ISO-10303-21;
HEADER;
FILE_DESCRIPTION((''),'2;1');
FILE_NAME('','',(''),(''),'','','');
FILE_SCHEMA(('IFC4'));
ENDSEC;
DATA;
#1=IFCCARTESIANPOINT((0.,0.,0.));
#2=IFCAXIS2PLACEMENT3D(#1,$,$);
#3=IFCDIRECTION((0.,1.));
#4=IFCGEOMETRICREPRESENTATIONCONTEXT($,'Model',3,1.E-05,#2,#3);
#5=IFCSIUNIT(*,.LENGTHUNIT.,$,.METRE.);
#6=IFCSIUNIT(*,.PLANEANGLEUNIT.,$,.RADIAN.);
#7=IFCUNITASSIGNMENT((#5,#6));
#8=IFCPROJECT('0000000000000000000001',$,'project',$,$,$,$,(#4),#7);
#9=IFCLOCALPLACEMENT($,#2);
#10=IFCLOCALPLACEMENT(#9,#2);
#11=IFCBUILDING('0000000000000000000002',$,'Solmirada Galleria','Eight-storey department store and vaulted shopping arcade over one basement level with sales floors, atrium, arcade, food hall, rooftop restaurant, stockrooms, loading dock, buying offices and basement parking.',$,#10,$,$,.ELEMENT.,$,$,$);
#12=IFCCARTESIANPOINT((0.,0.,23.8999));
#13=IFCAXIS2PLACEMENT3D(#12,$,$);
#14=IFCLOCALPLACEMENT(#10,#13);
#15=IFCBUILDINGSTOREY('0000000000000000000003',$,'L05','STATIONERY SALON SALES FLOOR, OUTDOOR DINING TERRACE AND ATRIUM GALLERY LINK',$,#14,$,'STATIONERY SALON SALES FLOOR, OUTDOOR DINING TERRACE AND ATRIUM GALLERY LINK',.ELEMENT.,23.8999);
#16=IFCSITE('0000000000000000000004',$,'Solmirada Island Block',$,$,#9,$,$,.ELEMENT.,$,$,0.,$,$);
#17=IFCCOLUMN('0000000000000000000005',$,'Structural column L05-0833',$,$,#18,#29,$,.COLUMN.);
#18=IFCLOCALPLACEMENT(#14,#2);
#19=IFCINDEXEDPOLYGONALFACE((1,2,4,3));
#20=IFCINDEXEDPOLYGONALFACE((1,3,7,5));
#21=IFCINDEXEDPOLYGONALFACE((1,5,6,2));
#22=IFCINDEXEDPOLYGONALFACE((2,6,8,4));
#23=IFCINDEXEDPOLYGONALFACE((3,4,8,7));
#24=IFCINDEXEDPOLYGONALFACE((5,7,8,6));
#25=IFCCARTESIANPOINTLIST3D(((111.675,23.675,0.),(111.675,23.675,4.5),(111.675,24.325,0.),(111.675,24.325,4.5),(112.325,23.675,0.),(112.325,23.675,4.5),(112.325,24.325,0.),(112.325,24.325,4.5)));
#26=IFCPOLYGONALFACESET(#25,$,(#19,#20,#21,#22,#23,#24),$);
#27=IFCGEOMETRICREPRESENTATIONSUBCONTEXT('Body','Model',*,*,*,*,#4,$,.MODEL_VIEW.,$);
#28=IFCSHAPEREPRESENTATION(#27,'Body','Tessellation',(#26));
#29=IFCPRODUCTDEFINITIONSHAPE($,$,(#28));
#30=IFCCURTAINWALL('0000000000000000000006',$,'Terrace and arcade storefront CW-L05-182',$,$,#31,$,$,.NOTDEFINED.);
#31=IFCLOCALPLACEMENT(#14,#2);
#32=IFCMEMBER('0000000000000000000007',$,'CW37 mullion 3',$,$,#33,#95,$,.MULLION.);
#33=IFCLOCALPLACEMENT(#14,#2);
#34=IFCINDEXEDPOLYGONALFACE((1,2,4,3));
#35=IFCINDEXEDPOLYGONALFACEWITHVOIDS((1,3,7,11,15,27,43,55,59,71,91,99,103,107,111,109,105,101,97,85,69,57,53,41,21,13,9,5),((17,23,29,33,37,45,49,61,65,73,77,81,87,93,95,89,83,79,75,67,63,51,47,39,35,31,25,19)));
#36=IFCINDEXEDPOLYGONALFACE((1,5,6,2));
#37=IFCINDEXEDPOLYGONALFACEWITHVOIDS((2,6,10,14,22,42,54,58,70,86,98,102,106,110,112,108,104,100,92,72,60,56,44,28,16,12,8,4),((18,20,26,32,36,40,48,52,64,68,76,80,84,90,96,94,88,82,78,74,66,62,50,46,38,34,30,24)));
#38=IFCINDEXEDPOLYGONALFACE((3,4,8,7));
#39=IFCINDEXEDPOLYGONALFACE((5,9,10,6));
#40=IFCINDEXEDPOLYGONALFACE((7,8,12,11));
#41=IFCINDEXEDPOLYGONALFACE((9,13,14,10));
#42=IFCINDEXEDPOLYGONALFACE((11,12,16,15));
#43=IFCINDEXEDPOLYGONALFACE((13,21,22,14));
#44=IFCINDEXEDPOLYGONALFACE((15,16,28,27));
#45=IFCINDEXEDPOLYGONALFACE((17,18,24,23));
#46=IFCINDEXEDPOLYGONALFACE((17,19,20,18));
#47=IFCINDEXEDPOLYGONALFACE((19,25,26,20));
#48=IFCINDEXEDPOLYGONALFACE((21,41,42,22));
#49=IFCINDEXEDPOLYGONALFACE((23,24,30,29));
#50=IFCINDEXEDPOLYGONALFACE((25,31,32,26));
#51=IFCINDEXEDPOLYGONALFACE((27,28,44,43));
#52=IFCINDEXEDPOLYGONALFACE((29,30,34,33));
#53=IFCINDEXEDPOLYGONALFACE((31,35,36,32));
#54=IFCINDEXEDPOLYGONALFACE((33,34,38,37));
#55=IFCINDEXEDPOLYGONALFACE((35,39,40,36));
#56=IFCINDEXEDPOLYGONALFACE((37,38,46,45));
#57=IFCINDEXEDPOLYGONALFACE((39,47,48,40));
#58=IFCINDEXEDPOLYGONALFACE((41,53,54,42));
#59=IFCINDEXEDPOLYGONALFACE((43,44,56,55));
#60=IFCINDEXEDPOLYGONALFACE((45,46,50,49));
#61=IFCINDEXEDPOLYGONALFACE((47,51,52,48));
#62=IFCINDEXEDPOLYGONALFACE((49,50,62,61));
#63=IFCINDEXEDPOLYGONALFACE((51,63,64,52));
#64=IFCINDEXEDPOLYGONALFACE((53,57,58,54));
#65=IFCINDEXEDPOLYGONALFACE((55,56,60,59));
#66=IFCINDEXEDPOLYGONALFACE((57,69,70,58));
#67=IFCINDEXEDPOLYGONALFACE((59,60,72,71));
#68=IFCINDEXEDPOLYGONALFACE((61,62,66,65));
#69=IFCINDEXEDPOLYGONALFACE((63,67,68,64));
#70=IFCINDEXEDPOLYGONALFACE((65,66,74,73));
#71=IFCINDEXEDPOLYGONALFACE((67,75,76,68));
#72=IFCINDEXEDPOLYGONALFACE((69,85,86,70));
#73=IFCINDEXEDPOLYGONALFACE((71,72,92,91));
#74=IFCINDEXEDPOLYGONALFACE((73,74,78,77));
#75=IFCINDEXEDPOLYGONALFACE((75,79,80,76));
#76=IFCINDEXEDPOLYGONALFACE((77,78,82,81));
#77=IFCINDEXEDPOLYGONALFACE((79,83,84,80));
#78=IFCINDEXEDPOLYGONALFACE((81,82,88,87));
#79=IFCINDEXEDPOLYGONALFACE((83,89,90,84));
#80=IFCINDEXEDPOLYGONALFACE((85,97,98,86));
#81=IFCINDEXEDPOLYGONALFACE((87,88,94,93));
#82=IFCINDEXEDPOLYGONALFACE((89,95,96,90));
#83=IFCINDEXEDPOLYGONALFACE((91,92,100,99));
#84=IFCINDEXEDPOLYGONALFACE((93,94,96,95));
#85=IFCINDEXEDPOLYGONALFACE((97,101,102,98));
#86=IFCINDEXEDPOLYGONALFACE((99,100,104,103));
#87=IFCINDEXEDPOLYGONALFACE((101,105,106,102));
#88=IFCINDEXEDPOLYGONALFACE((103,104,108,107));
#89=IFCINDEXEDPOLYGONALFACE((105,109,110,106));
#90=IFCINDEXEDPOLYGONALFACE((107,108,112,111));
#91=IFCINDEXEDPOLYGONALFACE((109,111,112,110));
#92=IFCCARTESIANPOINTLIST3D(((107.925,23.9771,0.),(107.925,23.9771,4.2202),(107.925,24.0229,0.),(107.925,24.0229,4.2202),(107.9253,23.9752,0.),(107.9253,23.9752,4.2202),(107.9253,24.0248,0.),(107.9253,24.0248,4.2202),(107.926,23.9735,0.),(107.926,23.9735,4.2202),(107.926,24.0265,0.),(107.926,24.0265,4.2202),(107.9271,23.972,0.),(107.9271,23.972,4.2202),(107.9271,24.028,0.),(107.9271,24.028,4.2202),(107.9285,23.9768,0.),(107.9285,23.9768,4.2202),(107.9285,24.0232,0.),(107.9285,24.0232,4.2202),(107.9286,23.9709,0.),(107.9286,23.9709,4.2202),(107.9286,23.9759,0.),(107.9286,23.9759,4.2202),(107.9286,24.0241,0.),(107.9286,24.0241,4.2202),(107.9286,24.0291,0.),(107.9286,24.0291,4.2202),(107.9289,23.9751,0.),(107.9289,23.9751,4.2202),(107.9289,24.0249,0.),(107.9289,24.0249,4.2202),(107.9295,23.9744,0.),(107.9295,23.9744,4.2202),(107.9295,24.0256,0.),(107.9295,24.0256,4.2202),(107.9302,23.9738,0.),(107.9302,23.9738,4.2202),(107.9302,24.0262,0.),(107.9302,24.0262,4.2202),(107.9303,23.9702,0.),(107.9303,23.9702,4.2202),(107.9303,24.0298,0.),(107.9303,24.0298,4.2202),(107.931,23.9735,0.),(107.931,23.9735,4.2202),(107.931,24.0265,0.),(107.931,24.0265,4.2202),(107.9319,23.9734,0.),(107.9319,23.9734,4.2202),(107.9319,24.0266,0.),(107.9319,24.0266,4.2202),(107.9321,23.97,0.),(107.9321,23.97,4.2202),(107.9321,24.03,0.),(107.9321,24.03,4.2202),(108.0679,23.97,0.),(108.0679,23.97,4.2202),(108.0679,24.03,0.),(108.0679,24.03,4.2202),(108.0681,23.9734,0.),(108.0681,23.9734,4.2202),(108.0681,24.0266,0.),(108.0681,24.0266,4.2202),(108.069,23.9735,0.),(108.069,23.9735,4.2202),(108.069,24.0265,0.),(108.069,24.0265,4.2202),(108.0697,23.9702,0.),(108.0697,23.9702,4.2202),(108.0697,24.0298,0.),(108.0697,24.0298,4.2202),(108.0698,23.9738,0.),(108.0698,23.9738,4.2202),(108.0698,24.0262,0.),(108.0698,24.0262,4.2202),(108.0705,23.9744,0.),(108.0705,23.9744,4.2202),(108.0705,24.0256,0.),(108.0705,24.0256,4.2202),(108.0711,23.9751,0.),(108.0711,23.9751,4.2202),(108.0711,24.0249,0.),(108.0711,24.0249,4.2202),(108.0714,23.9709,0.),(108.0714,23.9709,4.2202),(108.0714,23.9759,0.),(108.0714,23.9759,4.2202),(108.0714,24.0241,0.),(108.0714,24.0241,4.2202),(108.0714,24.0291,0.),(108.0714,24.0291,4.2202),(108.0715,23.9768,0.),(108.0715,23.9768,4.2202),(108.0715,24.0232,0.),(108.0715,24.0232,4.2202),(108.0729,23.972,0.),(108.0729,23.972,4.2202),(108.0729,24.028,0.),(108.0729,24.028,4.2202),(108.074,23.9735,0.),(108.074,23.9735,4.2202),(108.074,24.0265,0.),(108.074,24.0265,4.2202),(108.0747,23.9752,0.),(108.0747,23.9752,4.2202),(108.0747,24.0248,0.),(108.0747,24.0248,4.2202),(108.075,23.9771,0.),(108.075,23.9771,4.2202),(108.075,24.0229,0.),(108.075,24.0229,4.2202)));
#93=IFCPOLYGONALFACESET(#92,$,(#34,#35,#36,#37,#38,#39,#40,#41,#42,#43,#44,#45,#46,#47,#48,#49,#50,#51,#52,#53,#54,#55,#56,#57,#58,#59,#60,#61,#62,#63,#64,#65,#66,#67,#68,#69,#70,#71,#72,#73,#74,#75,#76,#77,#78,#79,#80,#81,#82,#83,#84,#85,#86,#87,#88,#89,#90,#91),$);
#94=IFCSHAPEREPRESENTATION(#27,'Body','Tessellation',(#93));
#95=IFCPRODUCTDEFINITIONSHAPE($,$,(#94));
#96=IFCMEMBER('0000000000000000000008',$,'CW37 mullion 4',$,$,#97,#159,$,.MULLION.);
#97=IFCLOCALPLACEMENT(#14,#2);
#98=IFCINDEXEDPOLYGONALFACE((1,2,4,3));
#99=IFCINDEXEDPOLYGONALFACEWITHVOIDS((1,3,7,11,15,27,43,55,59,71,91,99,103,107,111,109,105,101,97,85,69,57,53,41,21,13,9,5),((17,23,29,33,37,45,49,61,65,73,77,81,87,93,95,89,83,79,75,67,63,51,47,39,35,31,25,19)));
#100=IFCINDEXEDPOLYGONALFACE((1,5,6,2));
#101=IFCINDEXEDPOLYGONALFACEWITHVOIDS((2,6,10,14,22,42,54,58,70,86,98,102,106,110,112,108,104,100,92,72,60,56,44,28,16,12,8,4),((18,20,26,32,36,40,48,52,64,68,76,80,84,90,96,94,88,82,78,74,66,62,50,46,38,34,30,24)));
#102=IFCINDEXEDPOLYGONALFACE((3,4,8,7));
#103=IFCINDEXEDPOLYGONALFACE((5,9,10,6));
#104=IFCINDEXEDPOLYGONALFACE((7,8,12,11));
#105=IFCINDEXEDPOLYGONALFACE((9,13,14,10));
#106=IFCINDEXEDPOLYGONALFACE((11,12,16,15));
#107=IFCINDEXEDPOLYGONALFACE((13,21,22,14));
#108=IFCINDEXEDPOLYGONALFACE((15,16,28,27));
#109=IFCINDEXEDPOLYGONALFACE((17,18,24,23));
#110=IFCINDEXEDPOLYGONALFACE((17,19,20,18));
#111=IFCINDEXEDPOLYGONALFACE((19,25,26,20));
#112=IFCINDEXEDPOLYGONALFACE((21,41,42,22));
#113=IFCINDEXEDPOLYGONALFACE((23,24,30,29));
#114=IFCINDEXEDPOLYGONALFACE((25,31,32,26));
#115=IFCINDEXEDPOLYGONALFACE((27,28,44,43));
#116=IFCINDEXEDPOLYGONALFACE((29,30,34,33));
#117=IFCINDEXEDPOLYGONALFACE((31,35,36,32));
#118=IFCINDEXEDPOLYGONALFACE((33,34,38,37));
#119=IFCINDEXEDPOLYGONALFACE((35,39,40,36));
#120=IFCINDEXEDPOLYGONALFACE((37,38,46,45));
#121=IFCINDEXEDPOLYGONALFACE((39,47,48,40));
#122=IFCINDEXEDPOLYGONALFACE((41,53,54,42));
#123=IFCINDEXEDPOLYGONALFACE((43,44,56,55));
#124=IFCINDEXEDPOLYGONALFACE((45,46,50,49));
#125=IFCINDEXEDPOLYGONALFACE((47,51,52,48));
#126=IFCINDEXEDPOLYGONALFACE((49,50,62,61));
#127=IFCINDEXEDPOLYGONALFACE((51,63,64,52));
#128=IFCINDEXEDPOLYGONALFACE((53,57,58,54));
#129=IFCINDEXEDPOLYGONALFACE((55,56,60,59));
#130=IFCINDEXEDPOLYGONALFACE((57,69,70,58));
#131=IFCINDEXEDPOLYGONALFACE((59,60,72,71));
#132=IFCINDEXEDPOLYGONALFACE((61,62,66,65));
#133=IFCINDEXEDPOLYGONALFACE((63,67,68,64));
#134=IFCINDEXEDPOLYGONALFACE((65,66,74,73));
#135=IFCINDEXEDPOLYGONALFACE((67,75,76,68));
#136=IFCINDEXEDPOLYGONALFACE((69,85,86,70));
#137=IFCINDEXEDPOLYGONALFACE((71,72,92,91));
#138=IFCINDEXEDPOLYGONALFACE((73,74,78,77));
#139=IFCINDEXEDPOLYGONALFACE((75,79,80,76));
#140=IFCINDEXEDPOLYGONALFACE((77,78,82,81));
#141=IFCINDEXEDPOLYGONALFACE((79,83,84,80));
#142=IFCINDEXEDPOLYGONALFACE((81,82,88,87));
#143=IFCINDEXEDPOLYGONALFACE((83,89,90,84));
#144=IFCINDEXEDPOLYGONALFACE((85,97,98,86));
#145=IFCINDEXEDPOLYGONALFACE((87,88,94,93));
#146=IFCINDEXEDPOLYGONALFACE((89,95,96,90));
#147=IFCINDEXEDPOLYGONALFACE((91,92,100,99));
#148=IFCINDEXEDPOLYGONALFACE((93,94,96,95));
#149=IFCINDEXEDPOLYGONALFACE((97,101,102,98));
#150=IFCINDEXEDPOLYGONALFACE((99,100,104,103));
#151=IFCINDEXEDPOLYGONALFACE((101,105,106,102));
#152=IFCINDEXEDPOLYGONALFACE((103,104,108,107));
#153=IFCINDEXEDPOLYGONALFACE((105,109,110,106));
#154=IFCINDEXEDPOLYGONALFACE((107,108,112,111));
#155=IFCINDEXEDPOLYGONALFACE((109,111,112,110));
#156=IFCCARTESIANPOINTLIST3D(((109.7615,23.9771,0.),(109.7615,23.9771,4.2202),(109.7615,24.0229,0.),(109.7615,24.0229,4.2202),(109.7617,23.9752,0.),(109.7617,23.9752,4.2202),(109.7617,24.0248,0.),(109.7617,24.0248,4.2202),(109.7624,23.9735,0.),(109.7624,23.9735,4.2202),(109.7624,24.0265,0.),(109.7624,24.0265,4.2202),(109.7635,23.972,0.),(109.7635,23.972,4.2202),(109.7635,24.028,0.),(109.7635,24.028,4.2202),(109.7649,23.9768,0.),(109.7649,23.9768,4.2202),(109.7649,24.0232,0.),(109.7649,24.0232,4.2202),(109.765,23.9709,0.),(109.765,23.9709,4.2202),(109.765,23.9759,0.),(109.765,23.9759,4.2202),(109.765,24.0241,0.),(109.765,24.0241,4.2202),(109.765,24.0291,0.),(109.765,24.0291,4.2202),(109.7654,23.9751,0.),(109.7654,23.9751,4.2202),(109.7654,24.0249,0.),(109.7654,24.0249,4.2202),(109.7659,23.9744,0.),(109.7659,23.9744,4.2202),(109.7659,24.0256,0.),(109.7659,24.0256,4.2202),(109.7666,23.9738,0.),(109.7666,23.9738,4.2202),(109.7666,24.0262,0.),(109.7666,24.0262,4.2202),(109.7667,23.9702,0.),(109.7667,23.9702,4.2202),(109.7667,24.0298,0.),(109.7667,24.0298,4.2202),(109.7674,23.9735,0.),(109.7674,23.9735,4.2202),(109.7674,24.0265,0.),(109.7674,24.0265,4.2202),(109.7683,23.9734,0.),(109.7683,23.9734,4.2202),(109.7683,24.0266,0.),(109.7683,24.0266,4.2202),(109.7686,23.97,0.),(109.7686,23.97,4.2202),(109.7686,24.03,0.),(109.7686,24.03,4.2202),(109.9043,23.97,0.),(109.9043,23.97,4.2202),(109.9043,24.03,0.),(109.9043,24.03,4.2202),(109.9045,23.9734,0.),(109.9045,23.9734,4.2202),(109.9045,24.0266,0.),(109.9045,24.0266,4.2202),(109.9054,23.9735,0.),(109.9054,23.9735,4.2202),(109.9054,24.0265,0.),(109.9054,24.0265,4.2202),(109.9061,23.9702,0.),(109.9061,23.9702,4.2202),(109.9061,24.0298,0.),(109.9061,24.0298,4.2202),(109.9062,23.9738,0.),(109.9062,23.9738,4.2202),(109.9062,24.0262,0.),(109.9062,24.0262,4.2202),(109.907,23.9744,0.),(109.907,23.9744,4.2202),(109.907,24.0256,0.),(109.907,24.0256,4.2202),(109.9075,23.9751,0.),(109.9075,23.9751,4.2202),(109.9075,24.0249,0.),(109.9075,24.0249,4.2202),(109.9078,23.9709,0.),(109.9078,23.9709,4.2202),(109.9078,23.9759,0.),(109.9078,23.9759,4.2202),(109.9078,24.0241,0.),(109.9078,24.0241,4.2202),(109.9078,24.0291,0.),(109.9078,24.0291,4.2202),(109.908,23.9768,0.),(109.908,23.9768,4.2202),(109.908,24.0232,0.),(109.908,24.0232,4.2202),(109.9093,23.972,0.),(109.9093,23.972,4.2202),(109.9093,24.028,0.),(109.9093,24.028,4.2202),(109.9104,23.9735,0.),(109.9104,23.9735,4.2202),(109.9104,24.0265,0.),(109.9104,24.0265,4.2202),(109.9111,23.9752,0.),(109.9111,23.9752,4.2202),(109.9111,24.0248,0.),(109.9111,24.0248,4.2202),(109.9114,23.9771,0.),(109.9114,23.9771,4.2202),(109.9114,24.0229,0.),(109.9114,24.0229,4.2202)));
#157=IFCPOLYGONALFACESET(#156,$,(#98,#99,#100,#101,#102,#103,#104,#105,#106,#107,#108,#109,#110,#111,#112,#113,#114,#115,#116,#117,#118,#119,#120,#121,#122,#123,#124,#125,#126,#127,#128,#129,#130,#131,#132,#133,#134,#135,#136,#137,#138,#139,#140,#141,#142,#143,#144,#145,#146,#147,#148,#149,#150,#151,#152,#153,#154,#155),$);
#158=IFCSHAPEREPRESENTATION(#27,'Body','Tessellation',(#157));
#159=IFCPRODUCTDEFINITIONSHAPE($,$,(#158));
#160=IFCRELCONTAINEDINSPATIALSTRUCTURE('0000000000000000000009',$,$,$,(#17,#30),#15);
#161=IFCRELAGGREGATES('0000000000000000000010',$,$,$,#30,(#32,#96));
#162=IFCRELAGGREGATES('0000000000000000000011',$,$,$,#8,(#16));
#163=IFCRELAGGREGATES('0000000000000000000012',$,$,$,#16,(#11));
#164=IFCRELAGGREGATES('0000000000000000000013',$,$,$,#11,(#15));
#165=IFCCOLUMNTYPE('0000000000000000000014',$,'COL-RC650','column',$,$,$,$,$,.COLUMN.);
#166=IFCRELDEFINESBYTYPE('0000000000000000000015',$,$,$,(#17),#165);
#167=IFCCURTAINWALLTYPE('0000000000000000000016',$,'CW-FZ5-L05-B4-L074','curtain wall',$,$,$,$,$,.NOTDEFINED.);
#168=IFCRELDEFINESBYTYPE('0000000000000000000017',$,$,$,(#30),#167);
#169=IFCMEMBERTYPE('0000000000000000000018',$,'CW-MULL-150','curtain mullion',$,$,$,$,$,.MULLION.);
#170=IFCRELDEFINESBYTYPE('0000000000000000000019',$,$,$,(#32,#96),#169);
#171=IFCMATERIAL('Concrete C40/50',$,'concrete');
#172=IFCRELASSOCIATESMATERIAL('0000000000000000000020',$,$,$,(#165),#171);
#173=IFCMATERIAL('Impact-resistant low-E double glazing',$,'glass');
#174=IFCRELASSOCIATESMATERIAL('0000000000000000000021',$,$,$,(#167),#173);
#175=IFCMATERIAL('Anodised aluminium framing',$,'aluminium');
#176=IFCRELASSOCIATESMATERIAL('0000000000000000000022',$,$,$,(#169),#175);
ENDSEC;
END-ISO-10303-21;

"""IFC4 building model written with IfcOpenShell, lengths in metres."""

from ifc_helpers import new_model, si_unit, direction, frame, origin, origin_2d, place, context, subcontext, project, spatial, rectangle, hollow_rectangle, extrude, material, material_profile, profile_set, type_object, element, aggregate, save


model = new_model("IFC4")

# Units and contexts
model_context = context("Model", 3, precision=1e-05, world=origin(), true_north=direction((0.0, 1.0)))
body_context = subcontext(model_context, "Body", "Model", "MODEL_VIEW")
ifc_project = project(units=[si_unit("LENGTHUNIT", "METRE"), si_unit("PLANEANGLEUNIT", "RADIAN")], contexts=[model_context])

# Site, building, storey
site_placement = place(None, origin())
site = spatial("IfcSite", under=ifc_project, at=site_placement, Name="Solmirada Island Block", CompositionType="ELEMENT", RefElevation=0.0)
building_placement = place(site_placement, origin())
building = spatial("IfcBuilding", under=site, at=building_placement, Name="Solmirada Galleria", Description="Eight-storey department store and vaulted shopping arcade over one basement level with sales floors, atrium, arcade, food hall, rooftop restaurant, stockrooms, loading dock, buying offices and basement parking.", CompositionType="ELEMENT")
storey_placement = place(building_placement, frame((0.0, 0.0, 23.8999)))
storey = spatial("IfcBuildingStorey", under=building, at=storey_placement, Name="L05", Description="STATIONERY SALON SALES FLOOR, OUTDOOR DINING TERRACE AND ATRIUM GALLERY LINK", LongName="STATIONERY SALON SALES FLOOR, OUTDOOR DINING TERRACE AND ATRIUM GALLERY LINK", CompositionType="ELEMENT", Elevation=23.8999)

# Column
ifc_material_1 = material(Name="Concrete C40/50", Category="concrete")
ifc_material_profile_1 = material_profile(ifc_material_1, rectangle(XDim=0.6499, YDim=0.6499, at=origin_2d()), Name="RC650X650")
ifc_profile_set_1 = profile_set([ifc_material_profile_1], Name="Concrete C40/50")
column_type = type_object("IfcColumnType", Name="COL-RC650", Description="column", PredefinedType="COLUMN", material=ifc_profile_set_1)
column_placement = place(storey_placement, frame((112.0, 24.0, 0.0), z_axis=(0.0, 0.0, 1.0), x_axis=(1.0, 0.0, 0.0)))
element("IfcColumn", 1, at=column_placement, inside=storey, type_object=column_type, Name="Structural column L05-0833", PredefinedType="COLUMN", context=body_context, shape_type="SweptSolid", body=[
    extrude(rectangle(XDim=0.6499, YDim=0.6499, at=origin_2d()), origin(), (0.0, 0.0, 1.0), 4.5),
])

# Curtain wall, members
ifc_material_2 = material(Name="Impact-resistant low-E double glazing", Category="glass")
curtain_wall_type = type_object("IfcCurtainWallType", Name="CW-FZ5-L05-B4-L074", Description="curtain wall", PredefinedType="NOTDEFINED", material=ifc_material_2)
curtain_wall_placement = place(storey_placement, origin())
curtain_wall = element("IfcCurtainWall", 2, at=curtain_wall_placement, inside=storey, type_object=curtain_wall_type, Name="Terrace and arcade storefront CW-L05-182", PredefinedType="NOTDEFINED")
ifc_material_3 = material(Name="Anodised aluminium framing", Category="aluminium")
ifc_material_profile_2 = material_profile(ifc_material_3, hollow_rectangle(XDim=0.0601, YDim=0.1499, WallThickness=0.0034, InnerFilletRadius=0.0034, OuterFilletRadius=0.0071, at=origin_2d()), Name="ALU-MULL-150X60")
ifc_profile_set_2 = profile_set([ifc_material_profile_2], Name="Anodised aluminium framing")
member_type_1 = type_object("IfcMemberType", Name="CW-MULL-150", Description="curtain mullion", PredefinedType="MULLION", material=ifc_profile_set_2)
member_1_placement = place(storey_placement, frame((108.0, 24.0, 0.0), z_axis=(0.0, 0.0, 1.0), x_axis=(0.0, 1.0, 0.0)))
member_1 = element("IfcMember", 3, at=member_1_placement, type_object=member_type_1, Name="CW37 mullion 3", PredefinedType="MULLION", context=body_context, shape_type="SweptSolid", body=[
    extrude(hollow_rectangle(XDim=0.0601, YDim=0.1499, WallThickness=0.0034, InnerFilletRadius=0.0034, OuterFilletRadius=0.0071, at=origin_2d()), origin(), (0.0, 0.0, 1.0), 4.2202),
])
member_2_placement = place(storey_placement, frame((109.8364, 24.0, 0.0), z_axis=(0.0, 0.0, 1.0), x_axis=(0.0, 1.0, 0.0)))
member_2 = element("IfcMember", 4, at=member_2_placement, type_object=member_type_1, Name="CW37 mullion 4", PredefinedType="MULLION", context=body_context, shape_type="SweptSolid", body=[
    extrude(hollow_rectangle(XDim=0.0601, YDim=0.1499, WallThickness=0.0034, InnerFilletRadius=0.0034, OuterFilletRadius=0.0071, at=origin_2d()), origin(), (0.0, 0.0, 1.0), 4.2202),
])
aggregate(curtain_wall, [member_1, member_2])

save(model, "model.ifc")
